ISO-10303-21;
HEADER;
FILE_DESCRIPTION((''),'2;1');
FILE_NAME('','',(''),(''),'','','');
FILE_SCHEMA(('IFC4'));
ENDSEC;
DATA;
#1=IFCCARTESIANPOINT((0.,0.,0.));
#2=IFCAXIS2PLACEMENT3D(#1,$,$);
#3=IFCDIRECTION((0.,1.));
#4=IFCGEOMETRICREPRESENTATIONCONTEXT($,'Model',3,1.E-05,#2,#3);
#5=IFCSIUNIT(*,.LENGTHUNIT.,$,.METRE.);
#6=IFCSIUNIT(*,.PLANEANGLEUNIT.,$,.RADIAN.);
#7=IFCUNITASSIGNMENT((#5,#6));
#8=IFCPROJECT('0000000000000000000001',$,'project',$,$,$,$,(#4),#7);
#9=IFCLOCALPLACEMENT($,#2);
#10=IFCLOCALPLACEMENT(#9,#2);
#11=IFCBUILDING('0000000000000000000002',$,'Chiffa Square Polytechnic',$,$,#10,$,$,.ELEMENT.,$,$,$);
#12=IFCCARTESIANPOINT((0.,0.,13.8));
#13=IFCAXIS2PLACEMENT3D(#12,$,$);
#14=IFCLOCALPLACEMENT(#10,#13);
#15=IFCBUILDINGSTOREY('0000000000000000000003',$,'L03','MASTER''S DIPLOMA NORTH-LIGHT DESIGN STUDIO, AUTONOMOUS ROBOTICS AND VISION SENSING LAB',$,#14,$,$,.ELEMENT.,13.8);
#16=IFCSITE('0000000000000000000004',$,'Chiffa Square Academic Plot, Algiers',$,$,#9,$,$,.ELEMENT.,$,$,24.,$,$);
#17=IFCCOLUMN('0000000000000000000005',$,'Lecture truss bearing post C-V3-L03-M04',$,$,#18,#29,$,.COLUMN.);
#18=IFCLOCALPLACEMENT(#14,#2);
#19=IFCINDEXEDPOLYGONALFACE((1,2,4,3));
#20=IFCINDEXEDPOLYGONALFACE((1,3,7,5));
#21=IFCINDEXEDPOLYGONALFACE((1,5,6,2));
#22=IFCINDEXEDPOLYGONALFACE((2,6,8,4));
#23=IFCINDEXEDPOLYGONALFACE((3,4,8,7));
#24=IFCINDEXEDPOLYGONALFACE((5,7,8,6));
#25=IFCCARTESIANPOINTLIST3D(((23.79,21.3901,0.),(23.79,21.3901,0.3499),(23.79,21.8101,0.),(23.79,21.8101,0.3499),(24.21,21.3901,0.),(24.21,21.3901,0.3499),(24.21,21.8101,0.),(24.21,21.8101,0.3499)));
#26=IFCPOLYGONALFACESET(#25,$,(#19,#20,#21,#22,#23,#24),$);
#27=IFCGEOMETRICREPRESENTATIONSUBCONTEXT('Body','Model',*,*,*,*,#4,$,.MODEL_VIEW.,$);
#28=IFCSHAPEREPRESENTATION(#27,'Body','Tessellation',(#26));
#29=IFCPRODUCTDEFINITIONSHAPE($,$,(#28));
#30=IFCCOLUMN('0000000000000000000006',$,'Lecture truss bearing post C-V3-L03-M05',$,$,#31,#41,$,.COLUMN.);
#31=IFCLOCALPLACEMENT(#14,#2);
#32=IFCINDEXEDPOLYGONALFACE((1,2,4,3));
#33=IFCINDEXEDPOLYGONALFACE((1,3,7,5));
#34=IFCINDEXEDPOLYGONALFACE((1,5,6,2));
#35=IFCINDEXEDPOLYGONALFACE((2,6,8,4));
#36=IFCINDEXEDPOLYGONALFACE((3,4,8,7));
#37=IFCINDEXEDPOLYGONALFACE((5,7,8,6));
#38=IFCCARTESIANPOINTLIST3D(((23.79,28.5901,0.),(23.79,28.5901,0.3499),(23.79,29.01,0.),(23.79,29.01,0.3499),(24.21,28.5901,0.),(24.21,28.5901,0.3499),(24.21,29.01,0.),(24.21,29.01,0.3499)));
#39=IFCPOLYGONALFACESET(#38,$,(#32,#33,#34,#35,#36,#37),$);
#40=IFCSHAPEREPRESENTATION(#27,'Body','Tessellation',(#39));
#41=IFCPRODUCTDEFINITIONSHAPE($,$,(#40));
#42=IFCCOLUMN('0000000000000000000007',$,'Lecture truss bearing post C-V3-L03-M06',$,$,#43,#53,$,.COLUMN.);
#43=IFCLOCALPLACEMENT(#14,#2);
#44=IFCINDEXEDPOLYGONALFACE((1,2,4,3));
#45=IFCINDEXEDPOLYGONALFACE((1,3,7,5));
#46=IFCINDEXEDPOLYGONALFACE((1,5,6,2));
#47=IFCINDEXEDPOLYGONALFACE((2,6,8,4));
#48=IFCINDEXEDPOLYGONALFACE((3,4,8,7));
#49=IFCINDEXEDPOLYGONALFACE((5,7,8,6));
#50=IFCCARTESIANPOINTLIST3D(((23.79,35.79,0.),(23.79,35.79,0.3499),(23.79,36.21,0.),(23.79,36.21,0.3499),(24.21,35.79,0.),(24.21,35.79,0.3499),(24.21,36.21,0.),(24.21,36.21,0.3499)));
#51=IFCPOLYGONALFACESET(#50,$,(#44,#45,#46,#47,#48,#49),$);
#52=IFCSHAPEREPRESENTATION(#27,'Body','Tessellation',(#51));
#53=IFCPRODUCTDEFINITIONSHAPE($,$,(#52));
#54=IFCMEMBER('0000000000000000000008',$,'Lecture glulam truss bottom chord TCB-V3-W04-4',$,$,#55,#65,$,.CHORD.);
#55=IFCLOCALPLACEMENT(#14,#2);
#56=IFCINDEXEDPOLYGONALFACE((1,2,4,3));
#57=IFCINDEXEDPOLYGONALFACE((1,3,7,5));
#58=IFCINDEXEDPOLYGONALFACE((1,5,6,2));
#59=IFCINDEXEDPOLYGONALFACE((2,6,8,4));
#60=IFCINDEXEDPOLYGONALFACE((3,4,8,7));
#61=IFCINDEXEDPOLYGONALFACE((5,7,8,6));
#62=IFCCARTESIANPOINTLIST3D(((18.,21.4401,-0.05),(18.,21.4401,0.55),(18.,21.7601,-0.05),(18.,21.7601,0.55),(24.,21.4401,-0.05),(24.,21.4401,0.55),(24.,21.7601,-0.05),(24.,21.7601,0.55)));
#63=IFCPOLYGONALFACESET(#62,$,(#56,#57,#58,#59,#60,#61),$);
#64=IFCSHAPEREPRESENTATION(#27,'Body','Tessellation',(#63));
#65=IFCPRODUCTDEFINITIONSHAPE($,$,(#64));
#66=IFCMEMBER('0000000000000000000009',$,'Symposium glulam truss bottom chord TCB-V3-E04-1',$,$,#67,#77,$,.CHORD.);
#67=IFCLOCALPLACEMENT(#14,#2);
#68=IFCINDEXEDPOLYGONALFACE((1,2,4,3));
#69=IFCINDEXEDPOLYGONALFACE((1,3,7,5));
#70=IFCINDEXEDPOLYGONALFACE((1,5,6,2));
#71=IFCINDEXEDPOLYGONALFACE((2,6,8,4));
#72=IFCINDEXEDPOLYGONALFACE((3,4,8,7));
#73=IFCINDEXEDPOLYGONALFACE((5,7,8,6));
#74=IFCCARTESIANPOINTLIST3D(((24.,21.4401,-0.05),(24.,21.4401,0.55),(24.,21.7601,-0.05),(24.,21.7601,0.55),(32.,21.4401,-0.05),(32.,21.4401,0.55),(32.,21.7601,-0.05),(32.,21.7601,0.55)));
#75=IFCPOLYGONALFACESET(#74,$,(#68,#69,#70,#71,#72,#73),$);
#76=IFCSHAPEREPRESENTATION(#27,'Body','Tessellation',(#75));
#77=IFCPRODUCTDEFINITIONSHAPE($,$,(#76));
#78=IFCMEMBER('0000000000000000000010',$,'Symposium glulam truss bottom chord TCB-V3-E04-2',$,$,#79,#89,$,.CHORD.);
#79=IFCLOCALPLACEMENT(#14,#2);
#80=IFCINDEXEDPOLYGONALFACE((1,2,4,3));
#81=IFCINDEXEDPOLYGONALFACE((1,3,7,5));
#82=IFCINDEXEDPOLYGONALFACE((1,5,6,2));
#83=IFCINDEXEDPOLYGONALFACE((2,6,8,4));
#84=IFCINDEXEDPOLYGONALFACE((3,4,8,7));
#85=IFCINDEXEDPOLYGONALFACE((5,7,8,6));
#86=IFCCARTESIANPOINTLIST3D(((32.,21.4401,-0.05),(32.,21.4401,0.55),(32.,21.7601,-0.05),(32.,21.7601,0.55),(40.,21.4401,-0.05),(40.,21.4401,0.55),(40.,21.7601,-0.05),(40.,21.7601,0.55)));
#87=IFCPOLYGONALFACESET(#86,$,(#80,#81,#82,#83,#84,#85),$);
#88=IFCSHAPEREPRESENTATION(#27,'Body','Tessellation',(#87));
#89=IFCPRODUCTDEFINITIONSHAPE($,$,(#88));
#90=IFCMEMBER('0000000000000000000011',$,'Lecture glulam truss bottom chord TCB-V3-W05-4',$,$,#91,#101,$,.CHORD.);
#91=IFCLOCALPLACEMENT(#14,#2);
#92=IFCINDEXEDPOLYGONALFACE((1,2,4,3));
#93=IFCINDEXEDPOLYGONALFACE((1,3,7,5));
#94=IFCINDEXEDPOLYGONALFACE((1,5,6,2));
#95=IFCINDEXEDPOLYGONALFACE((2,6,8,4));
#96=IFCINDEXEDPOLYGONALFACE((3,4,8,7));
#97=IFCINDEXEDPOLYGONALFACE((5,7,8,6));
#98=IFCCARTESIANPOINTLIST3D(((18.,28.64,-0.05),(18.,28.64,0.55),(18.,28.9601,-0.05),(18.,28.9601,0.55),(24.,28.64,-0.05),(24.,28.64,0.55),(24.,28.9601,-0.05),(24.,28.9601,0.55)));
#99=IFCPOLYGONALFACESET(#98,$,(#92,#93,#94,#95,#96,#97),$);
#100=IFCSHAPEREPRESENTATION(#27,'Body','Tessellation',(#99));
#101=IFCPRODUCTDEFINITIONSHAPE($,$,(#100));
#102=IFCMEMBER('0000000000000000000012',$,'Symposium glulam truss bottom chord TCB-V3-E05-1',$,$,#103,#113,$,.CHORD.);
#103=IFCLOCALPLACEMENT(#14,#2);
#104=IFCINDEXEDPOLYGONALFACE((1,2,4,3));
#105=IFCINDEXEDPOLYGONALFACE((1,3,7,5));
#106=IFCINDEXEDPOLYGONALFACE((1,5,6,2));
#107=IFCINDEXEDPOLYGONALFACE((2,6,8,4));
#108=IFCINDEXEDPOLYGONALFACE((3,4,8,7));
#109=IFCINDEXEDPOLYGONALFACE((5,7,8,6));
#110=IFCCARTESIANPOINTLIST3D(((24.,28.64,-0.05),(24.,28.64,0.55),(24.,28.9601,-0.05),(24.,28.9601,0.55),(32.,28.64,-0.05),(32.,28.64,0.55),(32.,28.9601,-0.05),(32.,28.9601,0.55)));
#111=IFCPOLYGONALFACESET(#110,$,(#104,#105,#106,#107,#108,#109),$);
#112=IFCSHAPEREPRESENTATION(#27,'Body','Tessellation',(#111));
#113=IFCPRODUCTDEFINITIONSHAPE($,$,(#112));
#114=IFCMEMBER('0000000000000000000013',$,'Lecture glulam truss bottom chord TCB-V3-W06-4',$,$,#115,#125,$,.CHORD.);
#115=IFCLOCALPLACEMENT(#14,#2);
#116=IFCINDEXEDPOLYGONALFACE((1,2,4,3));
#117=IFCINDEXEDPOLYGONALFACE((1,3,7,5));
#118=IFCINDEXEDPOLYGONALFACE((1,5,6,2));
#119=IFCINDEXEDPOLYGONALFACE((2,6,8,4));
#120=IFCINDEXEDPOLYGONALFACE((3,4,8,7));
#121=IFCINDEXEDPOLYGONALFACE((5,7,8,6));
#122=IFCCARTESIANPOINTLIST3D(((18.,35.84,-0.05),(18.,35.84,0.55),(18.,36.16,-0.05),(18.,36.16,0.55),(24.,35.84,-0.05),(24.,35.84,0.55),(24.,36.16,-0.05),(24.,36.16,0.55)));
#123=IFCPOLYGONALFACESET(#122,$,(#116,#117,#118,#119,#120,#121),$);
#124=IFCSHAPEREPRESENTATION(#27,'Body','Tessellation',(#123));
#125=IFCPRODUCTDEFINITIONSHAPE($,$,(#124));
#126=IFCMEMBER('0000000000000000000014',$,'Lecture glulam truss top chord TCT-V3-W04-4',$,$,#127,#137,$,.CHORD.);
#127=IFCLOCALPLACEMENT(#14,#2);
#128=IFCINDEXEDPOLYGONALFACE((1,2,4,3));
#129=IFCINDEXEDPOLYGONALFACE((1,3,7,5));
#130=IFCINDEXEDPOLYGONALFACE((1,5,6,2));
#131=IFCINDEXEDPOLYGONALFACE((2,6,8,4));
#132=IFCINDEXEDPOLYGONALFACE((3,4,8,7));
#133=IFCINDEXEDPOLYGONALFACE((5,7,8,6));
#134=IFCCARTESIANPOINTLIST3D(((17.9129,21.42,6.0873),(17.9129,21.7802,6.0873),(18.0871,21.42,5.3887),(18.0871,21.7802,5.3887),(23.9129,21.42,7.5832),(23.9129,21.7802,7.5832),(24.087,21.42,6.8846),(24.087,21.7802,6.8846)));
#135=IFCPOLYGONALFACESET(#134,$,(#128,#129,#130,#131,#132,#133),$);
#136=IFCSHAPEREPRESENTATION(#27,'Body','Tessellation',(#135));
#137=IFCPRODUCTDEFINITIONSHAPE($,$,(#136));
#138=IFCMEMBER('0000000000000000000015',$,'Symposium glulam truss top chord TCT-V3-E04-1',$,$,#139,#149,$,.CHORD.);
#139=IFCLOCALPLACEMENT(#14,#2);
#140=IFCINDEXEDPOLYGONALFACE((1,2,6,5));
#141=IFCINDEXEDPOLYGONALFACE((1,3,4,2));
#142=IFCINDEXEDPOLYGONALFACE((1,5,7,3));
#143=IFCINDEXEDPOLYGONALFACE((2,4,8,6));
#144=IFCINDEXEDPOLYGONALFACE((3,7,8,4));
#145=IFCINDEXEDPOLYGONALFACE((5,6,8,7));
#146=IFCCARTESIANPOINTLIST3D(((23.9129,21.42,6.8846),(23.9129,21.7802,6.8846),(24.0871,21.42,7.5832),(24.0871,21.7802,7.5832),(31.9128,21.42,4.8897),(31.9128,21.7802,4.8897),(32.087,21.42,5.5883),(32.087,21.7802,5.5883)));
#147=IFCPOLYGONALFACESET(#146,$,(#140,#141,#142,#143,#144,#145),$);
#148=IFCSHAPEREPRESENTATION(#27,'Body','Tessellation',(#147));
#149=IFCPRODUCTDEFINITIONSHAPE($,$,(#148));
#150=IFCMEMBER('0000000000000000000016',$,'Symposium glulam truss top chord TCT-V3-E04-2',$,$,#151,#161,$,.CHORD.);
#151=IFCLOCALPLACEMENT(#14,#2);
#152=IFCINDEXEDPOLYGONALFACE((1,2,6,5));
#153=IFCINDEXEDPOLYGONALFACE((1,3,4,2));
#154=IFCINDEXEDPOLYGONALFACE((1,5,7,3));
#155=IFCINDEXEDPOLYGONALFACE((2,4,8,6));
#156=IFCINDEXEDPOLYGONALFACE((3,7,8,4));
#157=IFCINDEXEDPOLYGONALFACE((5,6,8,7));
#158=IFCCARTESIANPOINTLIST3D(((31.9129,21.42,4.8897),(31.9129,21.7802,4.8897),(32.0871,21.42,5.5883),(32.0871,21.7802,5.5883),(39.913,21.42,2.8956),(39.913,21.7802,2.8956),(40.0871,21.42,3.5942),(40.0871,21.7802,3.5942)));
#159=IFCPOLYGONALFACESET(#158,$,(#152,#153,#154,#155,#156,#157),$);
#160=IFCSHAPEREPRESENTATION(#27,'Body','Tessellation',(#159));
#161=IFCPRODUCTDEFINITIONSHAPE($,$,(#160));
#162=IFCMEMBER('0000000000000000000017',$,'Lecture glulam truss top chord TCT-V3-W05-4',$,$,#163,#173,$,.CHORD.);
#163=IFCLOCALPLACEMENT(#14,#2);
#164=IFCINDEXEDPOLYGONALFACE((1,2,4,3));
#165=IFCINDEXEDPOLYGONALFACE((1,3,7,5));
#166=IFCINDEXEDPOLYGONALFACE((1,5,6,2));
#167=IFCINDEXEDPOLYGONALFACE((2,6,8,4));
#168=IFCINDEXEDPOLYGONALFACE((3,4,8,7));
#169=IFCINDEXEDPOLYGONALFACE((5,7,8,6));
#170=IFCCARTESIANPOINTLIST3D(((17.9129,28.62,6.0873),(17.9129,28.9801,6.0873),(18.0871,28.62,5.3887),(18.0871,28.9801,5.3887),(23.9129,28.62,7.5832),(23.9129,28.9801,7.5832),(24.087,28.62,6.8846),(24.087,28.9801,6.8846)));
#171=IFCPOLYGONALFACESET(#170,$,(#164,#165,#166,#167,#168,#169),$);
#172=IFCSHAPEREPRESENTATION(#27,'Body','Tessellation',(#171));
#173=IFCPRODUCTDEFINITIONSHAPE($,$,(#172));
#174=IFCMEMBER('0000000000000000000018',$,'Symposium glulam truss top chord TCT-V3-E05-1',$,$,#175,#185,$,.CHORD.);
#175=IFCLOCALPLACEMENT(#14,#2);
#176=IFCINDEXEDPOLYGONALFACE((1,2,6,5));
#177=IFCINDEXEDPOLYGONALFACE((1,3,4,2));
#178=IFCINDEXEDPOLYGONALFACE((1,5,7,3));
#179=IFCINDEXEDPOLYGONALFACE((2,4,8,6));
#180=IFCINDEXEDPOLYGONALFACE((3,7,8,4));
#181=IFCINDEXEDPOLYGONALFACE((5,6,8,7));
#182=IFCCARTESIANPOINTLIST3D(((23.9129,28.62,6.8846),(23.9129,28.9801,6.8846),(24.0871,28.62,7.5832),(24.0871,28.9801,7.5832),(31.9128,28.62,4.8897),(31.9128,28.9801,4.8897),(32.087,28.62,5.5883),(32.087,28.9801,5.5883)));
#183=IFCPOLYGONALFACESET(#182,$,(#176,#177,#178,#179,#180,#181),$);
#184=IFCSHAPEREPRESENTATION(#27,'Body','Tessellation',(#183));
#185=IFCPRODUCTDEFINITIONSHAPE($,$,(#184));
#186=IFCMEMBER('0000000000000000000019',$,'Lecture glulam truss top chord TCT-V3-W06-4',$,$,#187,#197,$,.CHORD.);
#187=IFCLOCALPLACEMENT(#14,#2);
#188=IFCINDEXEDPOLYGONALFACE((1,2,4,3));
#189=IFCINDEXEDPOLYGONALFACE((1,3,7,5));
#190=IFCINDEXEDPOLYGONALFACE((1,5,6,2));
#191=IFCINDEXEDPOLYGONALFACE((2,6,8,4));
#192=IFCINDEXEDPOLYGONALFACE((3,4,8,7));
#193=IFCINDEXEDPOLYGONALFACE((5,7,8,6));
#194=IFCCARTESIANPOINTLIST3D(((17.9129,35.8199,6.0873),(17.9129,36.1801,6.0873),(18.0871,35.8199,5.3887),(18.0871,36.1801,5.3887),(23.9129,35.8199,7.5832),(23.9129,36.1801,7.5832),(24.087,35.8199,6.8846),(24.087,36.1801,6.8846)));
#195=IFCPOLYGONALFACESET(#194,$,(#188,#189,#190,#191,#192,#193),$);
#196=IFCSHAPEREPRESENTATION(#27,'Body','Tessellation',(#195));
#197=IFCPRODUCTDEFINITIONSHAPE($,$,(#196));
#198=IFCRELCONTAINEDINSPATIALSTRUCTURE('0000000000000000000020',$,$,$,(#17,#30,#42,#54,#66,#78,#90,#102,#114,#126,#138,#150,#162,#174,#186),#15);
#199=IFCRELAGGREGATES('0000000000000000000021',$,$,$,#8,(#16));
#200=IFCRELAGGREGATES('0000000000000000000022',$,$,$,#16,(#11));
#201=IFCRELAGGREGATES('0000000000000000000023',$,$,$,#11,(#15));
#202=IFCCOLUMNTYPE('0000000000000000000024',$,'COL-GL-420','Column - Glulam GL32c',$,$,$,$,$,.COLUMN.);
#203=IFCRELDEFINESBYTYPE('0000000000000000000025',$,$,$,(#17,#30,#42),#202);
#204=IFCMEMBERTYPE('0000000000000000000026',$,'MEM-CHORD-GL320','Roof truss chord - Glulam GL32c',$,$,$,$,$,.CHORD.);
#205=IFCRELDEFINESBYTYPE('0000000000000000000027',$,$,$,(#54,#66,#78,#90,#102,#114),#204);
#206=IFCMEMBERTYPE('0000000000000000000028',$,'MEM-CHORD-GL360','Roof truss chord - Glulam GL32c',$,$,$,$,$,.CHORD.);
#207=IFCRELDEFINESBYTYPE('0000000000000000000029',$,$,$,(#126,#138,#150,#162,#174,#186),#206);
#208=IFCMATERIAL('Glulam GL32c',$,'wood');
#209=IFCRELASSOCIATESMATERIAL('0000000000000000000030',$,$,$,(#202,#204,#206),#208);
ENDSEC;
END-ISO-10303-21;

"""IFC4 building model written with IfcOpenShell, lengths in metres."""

from ifc_helpers import new_model, si_unit, direction, frame, origin, origin_2d, place, context, subcontext, project, spatial, rectangle, extrude, material, material_profile, profile_set, type_object, element, save


model = new_model("IFC4")

# Units and contexts
model_context = context("Model", 3, precision=1e-05, world=origin(), true_north=direction((0.0, 1.0)))
body_context = subcontext(model_context, "Body", "Model", "MODEL_VIEW")
ifc_project = project(units=[si_unit("LENGTHUNIT", "METRE"), si_unit("PLANEANGLEUNIT", "RADIAN")], contexts=[model_context])

# Site, building, storey
site_placement = place(None, origin())
site = spatial("IfcSite", under=ifc_project, at=site_placement, Name="Chiffa Square Academic Plot, Algiers", CompositionType="ELEMENT", RefElevation=24.0)
building_placement = place(site_placement, origin())
building = spatial("IfcBuilding", under=site, at=building_placement, Name="Chiffa Square Polytechnic", CompositionType="ELEMENT")
storey_placement = place(building_placement, frame((0.0, 0.0, 13.8)))
storey = spatial("IfcBuildingStorey", under=building, at=storey_placement, Name="L03", Description="MASTER'S DIPLOMA NORTH-LIGHT DESIGN STUDIO, AUTONOMOUS ROBOTICS AND VISION SENSING LAB", CompositionType="ELEMENT", Elevation=13.8)

# Columns
ifc_material_1 = material(Name="Glulam GL32c", Category="wood")
ifc_material_profile_1 = material_profile(ifc_material_1, rectangle(XDim=0.4199, YDim=0.4199, at=origin_2d()), Name="GL32c 420x420")
ifc_profile_set_1 = profile_set([ifc_material_profile_1], Name="Glulam GL32c")
column_type = type_object("IfcColumnType", Name="COL-GL-420", Description="Column - Glulam GL32c", PredefinedType="COLUMN", material=ifc_profile_set_1)
for number, where, z_axis, x_axis, name in (
    (1, (24.0, 21.6001, 0.0), (0.0, 0.0, 1.0), (1.0, 0.0, 0.0), "Lecture truss bearing post C-V3-L03-M04"),
    (2, (24.0, 28.8, 0.0), (0.0, 0.0, 1.0), (1.0, 0.0, 0.0), "Lecture truss bearing post C-V3-L03-M05"),
    (3, (24.0, 36.0, 0.0), (0.0, 0.0, 1.0), (1.0, 0.0, 0.0), "Lecture truss bearing post C-V3-L03-M06"),
):
    element("IfcColumn", number, at=place(storey_placement, frame(where, z_axis=z_axis, x_axis=x_axis)), inside=storey, type_object=column_type, Name=name, PredefinedType="COLUMN", context=body_context, shape_type="SweptSolid", body=[
        extrude(rectangle(XDim=0.4199, YDim=0.4199, at=origin_2d()), origin(), (0.0, 0.0, 1.0), 0.3499),
    ])

# Members
ifc_material_profile_2 = material_profile(ifc_material_1, rectangle(XDim=0.3201, YDim=0.6001, at=origin_2d()), Name="GL32c 320x600")
ifc_profile_set_2 = profile_set([ifc_material_profile_2], Name="Glulam GL32c")
member_type_1 = type_object("IfcMemberType", Name="MEM-CHORD-GL320", Description="Roof truss chord - Glulam GL32c", PredefinedType="CHORD", material=ifc_profile_set_2)
member_1_placement = place(storey_placement, frame((18.0, 21.6001, 0.25), z_axis=(1.0, 0.0, 0.0), x_axis=(0.0, 1.0, 0.0)))
element("IfcMember", 4, at=member_1_placement, inside=storey, type_object=member_type_1, Name="Lecture glulam truss bottom chord TCB-V3-W04-4", PredefinedType="CHORD", context=body_context, shape_type="SweptSolid", body=[
    extrude(rectangle(XDim=0.3201, YDim=0.6001, at=origin_2d()), origin(), (0.0, 0.0, 1.0), 6.0),
])
for number, where, z_axis, x_axis, name in (
    (5, (24.0, 21.6001, 0.25), (1.0, 0.0, 0.0), (0.0, 1.0, 0.0), "Symposium glulam truss bottom chord TCB-V3-E04-1"),
    (6, (32.0, 21.6001, 0.25), (1.0, 0.0, 0.0), (0.0, 1.0, 0.0), "Symposium glulam truss bottom chord TCB-V3-E04-2"),
):
    element("IfcMember", number, at=place(storey_placement, frame(where, z_axis=z_axis, x_axis=x_axis)), inside=storey, type_object=member_type_1, Name=name, PredefinedType="CHORD", context=body_context, shape_type="SweptSolid", body=[
        extrude(rectangle(XDim=0.3201, YDim=0.6001, at=origin_2d()), origin(), (0.0, 0.0, 1.0), 8.0),
    ])
member_2_placement = place(storey_placement, frame((18.0, 28.8, 0.25), z_axis=(1.0, 0.0, 0.0), x_axis=(0.0, 1.0, 0.0)))
element("IfcMember", 7, at=member_2_placement, inside=storey, type_object=member_type_1, Name="Lecture glulam truss bottom chord TCB-V3-W05-4", PredefinedType="CHORD", context=body_context, shape_type="SweptSolid", body=[
    extrude(rectangle(XDim=0.3201, YDim=0.6001, at=origin_2d()), origin(), (0.0, 0.0, 1.0), 6.0),
])
member_3_placement = place(storey_placement, frame((24.0, 28.8, 0.25), z_axis=(1.0, 0.0, 0.0), x_axis=(0.0, 1.0, 0.0)))
element("IfcMember", 8, at=member_3_placement, inside=storey, type_object=member_type_1, Name="Symposium glulam truss bottom chord TCB-V3-E05-1", PredefinedType="CHORD", context=body_context, shape_type="SweptSolid", body=[
    extrude(rectangle(XDim=0.3201, YDim=0.6001, at=origin_2d()), origin(), (0.0, 0.0, 1.0), 8.0),
])
member_4_placement = place(storey_placement, frame((18.0, 36.0, 0.25), z_axis=(1.0, 0.0, 0.0), x_axis=(0.0, 1.0, 0.0)))
element("IfcMember", 9, at=member_4_placement, inside=storey, type_object=member_type_1, Name="Lecture glulam truss bottom chord TCB-V3-W06-4", PredefinedType="CHORD", context=body_context, shape_type="SweptSolid", body=[
    extrude(rectangle(XDim=0.3201, YDim=0.6001, at=origin_2d()), origin(), (0.0, 0.0, 1.0), 6.0),
])
ifc_material_profile_3 = material_profile(ifc_material_1, rectangle(XDim=0.3601, YDim=0.72, at=origin_2d()), Name="GL32c 360x720")
ifc_profile_set_3 = profile_set([ifc_material_profile_3], Name="Glulam GL32c")
member_type_2 = type_object("IfcMemberType", Name="MEM-CHORD-GL360", Description="Roof truss chord - Glulam GL32c", PredefinedType="CHORD", material=ifc_profile_set_3)
member_5_placement = place(storey_placement, frame((18.0, 21.6001, 5.738), z_axis=(0.9703, 0.0, 0.241904), x_axis=(0.0, 1.0, 0.0)))
element("IfcMember", 10, at=member_5_placement, inside=storey, type_object=member_type_2, Name="Lecture glulam truss top chord TCT-V3-W04-4", PredefinedType="CHORD", context=body_context, shape_type="SweptSolid", body=[
    extrude(rectangle(XDim=0.3601, YDim=0.72, at=origin_2d()), origin(), (0.0, 0.0, 1.0), 6.1836),
])
for number, where, z_axis, x_axis, name in (
    (11, (24.0, 21.6001, 7.2339), (0.970289, 0.0, -0.24195), (0.0, 1.0, 0.0), "Symposium glulam truss top chord TCT-V3-E04-1"),
    (12, (32.0, 21.6001, 5.239), (0.970309, 0.0, -0.241867), (0.0, 1.0, 0.0), "Symposium glulam truss top chord TCT-V3-E04-2"),
):
    element("IfcMember", number, at=place(storey_placement, frame(where, z_axis=z_axis, x_axis=x_axis)), inside=storey, type_object=member_type_2, Name=name, PredefinedType="CHORD", context=body_context, shape_type="SweptSolid", body=[
        extrude(rectangle(XDim=0.3601, YDim=0.72, at=origin_2d()), origin(), (0.0, 0.0, 1.0), 8.2449),
    ])
member_6_placement = place(storey_placement, frame((18.0, 28.8, 5.738), z_axis=(0.9703, 0.0, 0.241904), x_axis=(0.0, 1.0, 0.0)))
element("IfcMember", 13, at=member_6_placement, inside=storey, type_object=member_type_2, Name="Lecture glulam truss top chord TCT-V3-W05-4", PredefinedType="CHORD", context=body_context, shape_type="SweptSolid", body=[
    extrude(rectangle(XDim=0.3601, YDim=0.72, at=origin_2d()), origin(), (0.0, 0.0, 1.0), 6.1836),
])
member_7_placement = place(storey_placement, frame((24.0, 28.8, 7.2339), z_axis=(0.970289, 0.0, -0.24195), x_axis=(0.0, 1.0, 0.0)))
element("IfcMember", 14, at=member_7_placement, inside=storey, type_object=member_type_2, Name="Symposium glulam truss top chord TCT-V3-E05-1", PredefinedType="CHORD", context=body_context, shape_type="SweptSolid", body=[
    extrude(rectangle(XDim=0.3601, YDim=0.72, at=origin_2d()), origin(), (0.0, 0.0, 1.0), 8.2449),
])
member_8_placement = place(storey_placement, frame((18.0, 36.0, 5.738), z_axis=(0.9703, 0.0, 0.241904), x_axis=(0.0, 1.0, 0.0)))
element("IfcMember", 15, at=member_8_placement, inside=storey, type_object=member_type_2, Name="Lecture glulam truss top chord TCT-V3-W06-4", PredefinedType="CHORD", context=body_context, shape_type="SweptSolid", body=[
    extrude(rectangle(XDim=0.3601, YDim=0.72, at=origin_2d()), origin(), (0.0, 0.0, 1.0), 6.1836),
])

save(model, "model.ifc")
